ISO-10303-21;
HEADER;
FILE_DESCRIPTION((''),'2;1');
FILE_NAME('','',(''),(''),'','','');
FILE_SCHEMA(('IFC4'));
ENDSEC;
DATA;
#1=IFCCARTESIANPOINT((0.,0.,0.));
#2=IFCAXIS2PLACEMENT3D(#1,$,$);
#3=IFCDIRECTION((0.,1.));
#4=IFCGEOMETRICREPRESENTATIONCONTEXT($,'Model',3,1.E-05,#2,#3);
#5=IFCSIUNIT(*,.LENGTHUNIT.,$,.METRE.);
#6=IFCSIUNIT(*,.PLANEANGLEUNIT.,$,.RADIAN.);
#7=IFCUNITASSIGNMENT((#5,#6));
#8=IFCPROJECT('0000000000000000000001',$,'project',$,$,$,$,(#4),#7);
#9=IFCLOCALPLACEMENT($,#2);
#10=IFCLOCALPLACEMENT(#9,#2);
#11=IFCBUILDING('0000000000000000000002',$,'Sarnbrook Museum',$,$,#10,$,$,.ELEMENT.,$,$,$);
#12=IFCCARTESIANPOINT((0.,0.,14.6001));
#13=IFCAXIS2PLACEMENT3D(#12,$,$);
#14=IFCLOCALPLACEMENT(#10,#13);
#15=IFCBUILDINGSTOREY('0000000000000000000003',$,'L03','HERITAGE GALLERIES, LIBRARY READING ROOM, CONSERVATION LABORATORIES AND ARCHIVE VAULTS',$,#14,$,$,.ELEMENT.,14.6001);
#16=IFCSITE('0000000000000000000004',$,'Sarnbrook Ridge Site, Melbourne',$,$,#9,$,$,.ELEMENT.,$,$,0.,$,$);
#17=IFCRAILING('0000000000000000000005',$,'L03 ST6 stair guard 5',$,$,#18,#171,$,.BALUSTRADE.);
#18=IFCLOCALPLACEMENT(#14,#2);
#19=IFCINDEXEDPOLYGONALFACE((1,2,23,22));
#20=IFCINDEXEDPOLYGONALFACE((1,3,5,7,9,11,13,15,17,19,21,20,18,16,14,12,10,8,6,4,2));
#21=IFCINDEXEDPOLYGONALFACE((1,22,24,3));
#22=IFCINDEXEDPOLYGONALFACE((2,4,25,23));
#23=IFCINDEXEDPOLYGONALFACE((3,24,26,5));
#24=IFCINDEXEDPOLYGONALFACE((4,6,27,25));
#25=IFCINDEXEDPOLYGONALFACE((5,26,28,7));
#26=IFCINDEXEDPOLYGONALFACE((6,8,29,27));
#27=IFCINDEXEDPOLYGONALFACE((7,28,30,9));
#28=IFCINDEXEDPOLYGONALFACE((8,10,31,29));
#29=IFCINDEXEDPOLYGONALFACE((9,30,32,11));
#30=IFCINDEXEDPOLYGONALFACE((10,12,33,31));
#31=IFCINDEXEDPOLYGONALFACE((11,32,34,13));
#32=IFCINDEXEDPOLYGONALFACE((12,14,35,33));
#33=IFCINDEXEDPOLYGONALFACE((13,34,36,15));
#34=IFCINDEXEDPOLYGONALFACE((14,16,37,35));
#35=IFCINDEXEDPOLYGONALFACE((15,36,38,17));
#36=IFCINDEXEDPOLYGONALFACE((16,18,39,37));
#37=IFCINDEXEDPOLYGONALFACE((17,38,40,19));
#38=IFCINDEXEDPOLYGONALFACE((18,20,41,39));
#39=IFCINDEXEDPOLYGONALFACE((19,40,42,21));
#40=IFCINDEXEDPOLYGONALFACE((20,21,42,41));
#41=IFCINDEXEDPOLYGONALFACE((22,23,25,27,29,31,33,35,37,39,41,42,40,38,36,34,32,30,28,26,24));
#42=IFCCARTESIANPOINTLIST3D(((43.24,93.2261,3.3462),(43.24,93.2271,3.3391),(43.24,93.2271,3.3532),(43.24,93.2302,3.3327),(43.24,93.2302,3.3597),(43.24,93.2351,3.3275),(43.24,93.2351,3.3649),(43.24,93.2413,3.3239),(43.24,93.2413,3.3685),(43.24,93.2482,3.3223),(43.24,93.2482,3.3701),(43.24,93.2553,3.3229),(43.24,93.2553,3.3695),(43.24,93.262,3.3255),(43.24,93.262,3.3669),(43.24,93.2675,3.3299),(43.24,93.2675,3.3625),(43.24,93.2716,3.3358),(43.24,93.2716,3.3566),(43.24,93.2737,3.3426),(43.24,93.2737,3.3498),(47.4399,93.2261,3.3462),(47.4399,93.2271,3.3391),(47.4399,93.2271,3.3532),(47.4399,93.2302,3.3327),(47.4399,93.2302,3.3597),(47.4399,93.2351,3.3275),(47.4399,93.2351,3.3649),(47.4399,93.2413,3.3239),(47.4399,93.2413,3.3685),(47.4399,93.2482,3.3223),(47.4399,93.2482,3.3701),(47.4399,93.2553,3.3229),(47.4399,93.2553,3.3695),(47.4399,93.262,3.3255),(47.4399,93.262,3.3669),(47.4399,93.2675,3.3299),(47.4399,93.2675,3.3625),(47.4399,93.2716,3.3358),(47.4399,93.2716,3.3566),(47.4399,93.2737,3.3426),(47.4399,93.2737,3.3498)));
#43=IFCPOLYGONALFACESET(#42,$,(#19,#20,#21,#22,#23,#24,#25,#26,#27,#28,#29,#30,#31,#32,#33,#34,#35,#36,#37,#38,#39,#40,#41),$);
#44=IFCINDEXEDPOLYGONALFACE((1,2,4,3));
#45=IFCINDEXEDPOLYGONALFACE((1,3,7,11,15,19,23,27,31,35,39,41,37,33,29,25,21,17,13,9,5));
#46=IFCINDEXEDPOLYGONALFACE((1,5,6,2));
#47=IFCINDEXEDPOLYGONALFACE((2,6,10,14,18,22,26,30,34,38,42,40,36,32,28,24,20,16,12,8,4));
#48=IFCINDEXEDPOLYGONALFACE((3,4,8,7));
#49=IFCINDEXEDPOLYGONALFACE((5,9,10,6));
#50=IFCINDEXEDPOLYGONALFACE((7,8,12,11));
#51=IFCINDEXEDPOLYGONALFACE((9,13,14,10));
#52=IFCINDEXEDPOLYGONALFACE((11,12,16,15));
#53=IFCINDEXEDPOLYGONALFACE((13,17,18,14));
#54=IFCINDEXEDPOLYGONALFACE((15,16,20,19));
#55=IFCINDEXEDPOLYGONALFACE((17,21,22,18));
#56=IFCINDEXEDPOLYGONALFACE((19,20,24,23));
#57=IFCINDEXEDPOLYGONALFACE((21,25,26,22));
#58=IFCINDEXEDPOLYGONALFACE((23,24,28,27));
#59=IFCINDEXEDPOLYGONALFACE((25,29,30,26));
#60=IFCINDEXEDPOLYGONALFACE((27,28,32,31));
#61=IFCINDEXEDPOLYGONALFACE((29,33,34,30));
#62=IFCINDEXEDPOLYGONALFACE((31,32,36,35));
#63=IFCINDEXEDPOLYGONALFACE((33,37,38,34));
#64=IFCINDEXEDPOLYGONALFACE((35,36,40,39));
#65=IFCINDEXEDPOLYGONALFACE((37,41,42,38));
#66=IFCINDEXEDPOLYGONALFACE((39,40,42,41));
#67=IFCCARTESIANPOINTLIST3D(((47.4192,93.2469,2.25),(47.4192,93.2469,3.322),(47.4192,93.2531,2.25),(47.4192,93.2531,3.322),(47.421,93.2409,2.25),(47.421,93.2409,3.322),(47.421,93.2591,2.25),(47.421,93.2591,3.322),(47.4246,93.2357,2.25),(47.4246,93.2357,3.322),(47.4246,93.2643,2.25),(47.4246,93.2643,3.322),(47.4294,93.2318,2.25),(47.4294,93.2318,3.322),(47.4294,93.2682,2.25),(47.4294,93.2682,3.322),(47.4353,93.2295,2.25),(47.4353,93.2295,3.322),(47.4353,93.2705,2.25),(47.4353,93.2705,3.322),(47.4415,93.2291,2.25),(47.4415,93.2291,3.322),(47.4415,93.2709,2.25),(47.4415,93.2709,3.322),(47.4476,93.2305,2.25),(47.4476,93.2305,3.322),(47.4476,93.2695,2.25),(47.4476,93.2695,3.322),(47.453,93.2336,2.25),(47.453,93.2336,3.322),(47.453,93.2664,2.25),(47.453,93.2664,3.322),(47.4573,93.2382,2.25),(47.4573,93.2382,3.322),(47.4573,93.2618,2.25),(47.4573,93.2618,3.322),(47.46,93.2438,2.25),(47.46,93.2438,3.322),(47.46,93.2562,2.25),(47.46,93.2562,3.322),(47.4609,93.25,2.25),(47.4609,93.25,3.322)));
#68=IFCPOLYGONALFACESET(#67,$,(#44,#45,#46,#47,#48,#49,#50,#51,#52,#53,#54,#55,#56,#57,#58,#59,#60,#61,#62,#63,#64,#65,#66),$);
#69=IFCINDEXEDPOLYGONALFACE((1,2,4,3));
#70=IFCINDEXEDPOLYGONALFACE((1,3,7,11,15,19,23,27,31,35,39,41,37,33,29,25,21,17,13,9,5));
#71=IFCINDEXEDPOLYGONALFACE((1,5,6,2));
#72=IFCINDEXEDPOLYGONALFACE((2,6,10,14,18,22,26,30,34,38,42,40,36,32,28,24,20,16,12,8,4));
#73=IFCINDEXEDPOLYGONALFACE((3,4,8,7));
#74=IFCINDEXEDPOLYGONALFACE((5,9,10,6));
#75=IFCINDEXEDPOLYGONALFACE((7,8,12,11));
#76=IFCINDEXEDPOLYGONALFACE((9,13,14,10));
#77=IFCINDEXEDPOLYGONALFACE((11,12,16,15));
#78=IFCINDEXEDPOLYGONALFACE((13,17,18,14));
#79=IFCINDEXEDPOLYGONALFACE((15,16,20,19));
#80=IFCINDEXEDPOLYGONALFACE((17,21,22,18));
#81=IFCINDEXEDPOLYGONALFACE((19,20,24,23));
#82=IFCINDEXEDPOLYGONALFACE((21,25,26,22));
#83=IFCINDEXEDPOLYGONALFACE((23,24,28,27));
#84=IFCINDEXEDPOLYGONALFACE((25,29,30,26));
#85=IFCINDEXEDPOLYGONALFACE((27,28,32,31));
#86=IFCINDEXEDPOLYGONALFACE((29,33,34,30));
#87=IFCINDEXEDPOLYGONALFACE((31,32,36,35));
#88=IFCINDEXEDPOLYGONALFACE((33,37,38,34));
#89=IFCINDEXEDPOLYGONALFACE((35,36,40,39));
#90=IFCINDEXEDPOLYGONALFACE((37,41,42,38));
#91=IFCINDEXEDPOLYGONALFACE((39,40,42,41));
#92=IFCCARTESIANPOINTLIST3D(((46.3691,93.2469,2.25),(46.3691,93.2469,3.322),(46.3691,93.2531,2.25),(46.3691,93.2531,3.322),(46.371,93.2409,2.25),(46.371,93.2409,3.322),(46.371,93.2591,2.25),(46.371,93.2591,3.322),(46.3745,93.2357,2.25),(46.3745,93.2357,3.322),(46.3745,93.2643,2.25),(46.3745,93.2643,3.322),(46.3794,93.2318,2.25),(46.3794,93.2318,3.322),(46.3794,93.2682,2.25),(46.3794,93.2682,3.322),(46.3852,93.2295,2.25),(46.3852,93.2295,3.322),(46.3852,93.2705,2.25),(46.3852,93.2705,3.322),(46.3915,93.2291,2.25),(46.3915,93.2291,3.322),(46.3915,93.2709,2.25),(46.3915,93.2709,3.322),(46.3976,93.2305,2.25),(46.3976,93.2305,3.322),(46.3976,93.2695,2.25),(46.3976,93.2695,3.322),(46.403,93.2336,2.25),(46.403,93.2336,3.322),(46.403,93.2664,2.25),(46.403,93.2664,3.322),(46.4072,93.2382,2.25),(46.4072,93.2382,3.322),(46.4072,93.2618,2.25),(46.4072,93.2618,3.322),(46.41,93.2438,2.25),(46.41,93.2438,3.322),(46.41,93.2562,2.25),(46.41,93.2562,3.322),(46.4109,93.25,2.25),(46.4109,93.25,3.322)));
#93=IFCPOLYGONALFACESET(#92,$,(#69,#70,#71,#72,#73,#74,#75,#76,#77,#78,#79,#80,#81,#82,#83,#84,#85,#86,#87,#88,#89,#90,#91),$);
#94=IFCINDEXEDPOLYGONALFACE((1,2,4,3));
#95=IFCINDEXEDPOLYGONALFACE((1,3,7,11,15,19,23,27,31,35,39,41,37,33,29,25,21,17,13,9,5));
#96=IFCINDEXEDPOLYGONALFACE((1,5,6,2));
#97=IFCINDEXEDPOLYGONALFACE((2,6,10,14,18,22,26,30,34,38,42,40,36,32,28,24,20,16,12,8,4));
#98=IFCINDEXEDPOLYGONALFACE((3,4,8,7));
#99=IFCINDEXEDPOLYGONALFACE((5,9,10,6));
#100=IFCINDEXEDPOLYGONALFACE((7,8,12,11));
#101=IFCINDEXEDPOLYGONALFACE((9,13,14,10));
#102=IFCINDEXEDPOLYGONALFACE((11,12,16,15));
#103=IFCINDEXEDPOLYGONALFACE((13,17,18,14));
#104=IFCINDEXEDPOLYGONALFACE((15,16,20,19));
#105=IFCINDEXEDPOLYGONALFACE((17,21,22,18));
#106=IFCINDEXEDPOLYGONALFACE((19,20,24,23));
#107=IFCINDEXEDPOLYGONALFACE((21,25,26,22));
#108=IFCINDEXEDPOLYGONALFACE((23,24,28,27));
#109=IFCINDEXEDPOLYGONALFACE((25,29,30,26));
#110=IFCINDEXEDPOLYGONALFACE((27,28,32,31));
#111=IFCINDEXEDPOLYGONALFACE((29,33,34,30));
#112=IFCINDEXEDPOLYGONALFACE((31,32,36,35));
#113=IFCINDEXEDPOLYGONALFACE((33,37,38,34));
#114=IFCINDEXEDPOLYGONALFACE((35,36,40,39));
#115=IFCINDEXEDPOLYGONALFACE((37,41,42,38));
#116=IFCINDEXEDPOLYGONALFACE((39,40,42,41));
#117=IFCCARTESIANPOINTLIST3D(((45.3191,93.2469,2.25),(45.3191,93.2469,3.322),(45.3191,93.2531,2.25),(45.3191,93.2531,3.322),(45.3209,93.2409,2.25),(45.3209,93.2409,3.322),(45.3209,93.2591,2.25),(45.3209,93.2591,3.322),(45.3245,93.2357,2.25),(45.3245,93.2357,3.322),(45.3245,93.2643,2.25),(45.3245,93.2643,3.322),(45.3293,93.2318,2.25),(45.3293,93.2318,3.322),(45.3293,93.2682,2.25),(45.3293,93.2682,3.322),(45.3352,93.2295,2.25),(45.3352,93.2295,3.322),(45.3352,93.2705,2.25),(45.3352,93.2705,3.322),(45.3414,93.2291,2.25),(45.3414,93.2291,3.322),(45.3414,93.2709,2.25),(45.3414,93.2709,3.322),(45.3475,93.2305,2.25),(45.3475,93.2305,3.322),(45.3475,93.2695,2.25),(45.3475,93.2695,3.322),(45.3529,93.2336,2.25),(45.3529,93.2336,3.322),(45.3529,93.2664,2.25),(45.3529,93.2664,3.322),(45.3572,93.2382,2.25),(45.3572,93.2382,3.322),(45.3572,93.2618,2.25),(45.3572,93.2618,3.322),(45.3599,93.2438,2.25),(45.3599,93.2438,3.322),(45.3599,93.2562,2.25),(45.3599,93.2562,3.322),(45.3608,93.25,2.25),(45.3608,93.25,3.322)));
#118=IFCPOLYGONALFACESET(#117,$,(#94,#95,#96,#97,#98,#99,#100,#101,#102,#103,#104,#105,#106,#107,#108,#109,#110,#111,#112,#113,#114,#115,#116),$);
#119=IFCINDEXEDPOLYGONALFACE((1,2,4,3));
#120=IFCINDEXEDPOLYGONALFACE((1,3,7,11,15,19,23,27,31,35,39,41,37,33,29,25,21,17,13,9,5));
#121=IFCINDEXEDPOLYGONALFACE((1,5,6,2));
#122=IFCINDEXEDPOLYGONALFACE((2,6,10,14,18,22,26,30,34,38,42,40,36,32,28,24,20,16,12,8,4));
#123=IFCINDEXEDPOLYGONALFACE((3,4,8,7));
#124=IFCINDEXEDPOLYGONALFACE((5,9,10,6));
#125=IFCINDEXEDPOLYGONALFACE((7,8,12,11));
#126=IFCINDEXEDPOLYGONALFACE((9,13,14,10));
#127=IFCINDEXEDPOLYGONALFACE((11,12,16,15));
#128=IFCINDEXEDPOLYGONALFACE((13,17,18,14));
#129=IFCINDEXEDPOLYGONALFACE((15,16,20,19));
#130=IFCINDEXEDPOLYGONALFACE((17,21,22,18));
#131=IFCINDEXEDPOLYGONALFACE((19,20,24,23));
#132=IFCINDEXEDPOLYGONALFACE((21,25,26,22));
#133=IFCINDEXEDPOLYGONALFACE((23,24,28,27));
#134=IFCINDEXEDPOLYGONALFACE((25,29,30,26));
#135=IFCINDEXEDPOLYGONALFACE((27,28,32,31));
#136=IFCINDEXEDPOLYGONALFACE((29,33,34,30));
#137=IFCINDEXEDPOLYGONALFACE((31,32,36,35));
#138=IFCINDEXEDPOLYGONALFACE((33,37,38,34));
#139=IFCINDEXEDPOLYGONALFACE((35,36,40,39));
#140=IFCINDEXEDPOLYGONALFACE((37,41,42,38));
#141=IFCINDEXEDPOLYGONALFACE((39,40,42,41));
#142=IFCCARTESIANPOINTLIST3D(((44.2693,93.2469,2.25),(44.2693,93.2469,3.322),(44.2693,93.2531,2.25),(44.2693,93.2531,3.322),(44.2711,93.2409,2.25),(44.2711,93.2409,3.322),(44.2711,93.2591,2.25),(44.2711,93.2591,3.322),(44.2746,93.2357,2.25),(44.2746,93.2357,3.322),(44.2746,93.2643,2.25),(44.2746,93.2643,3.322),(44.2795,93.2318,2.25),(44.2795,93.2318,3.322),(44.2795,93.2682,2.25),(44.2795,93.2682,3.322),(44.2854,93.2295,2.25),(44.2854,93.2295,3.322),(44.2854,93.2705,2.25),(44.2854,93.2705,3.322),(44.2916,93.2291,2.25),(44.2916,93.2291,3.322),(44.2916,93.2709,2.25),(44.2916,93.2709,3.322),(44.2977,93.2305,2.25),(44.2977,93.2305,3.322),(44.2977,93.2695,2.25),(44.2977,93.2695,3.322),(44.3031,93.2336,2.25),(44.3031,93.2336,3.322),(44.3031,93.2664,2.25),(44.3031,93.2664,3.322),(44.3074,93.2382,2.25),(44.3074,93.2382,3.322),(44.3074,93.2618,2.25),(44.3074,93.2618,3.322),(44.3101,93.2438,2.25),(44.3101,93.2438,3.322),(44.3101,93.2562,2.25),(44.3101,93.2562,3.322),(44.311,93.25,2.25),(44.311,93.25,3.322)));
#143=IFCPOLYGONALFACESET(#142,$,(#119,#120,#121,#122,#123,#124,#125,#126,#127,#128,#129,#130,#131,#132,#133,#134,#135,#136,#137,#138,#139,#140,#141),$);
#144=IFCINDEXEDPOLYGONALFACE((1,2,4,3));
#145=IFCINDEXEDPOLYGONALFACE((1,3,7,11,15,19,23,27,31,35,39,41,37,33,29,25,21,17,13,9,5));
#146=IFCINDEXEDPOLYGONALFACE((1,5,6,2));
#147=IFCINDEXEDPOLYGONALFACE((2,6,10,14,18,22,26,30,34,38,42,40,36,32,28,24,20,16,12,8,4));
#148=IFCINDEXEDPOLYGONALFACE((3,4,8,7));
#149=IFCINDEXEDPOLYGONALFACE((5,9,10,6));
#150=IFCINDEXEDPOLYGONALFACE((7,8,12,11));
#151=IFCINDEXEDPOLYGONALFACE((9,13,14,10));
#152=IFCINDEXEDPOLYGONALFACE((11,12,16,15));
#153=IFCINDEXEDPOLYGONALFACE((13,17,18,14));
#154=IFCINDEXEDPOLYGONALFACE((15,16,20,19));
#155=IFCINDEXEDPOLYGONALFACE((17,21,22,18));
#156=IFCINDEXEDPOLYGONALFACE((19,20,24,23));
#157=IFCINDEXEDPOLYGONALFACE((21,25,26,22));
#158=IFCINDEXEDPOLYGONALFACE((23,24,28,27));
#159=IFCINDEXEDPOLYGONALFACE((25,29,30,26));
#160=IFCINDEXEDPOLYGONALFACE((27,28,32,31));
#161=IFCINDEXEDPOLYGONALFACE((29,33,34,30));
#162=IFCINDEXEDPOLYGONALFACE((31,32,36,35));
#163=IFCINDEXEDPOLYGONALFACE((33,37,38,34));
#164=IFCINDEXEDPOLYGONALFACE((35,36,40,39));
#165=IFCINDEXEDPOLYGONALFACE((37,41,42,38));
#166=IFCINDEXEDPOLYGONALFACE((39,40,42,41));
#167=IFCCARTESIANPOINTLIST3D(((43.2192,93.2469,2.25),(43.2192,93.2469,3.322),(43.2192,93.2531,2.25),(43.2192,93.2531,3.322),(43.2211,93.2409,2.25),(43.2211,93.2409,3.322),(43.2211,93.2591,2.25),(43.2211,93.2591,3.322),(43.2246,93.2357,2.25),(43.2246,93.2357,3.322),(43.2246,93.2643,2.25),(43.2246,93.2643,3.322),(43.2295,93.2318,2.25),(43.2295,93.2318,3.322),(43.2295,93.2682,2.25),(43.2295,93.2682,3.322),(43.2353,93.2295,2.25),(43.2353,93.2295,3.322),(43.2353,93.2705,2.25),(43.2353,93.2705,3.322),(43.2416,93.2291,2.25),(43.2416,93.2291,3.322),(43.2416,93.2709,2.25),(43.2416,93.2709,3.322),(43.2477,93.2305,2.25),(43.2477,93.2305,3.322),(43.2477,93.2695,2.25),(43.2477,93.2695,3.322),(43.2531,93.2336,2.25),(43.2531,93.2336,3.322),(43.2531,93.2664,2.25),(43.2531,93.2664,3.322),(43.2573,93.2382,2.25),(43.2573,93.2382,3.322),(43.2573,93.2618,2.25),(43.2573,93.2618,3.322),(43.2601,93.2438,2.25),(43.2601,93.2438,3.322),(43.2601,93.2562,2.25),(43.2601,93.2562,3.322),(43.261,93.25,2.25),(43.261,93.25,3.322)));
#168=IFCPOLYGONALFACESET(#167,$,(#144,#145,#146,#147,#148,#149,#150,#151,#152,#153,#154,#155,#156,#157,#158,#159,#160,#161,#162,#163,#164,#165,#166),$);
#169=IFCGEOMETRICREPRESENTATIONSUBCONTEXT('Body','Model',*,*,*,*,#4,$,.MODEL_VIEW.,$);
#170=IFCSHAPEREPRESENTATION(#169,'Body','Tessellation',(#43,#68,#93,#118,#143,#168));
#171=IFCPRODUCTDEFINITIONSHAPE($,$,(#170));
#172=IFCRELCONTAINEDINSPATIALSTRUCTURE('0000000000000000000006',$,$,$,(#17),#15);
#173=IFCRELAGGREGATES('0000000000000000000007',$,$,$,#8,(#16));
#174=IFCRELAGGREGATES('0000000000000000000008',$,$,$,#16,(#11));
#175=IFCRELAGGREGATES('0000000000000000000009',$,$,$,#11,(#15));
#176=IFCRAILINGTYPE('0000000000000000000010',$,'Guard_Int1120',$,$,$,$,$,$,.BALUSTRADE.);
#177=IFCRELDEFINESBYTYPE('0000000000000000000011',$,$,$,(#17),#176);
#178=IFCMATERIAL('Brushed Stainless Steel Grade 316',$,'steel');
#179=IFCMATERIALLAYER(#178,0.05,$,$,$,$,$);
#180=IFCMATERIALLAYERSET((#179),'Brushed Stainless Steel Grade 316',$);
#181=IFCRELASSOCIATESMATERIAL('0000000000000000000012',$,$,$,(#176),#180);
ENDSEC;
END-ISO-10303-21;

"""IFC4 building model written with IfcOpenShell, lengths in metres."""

from ifc_helpers import new_model, si_unit, direction, frame, origin, origin_2d, place, context, subcontext, project, spatial, circle, extrude, material, layer, layer_set, type_object, element, save


model = new_model("IFC4")

# Units and contexts
model_context = context("Model", 3, precision=1e-05, world=origin(), true_north=direction((0.0, 1.0)))
body_context = subcontext(model_context, "Body", "Model", "MODEL_VIEW")
ifc_project = project(units=[si_unit("LENGTHUNIT", "METRE"), si_unit("PLANEANGLEUNIT", "RADIAN")], contexts=[model_context])

# Site, building, storey
site_placement = place(None, origin())
site = spatial("IfcSite", under=ifc_project, at=site_placement, Name="Sarnbrook Ridge Site, Melbourne", CompositionType="ELEMENT", RefElevation=0.0)
building_placement = place(site_placement, origin())
building = spatial("IfcBuilding", under=site, at=building_placement, Name="Sarnbrook Museum", CompositionType="ELEMENT")
storey_placement = place(building_placement, frame((0.0, 0.0, 14.6001)))
storey = spatial("IfcBuildingStorey", under=building, at=storey_placement, Name="L03", Description="HERITAGE GALLERIES, LIBRARY READING ROOM, CONSERVATION LABORATORIES AND ARCHIVE VAULTS", CompositionType="ELEMENT", Elevation=14.6001)

# Railing
ifc_material_1 = material(Name="Brushed Stainless Steel Grade 316", Category="steel")
ifc_layer_1 = layer(ifc_material_1, 0.05)
ifc_layer_set_1 = layer_set([ifc_layer_1], Name="Brushed Stainless Steel Grade 316")
railing_type = type_object("IfcRailingType", Name="Guard_Int1120", PredefinedType="BALUSTRADE", material=ifc_layer_set_1)
railing_1_placement = place(storey_placement, frame((47.4399, 93.25, 2.25)))
element("IfcRailing", 1, at=railing_1_placement, inside=storey, type_object=railing_type, Name="L03 ST6 stair guard 5", PredefinedType="BALUSTRADE", context=body_context, shape_type="SweptSolid", body=[
    extrude(circle(Radius=0.0239, at=origin_2d()), frame((0.0, 0.0, 1.0962), z_axis=(-1.0, 0.0, 0.0), x_axis=(0.0, -1.0, 0.0)), (0.0, 0.0, 1.0), 4.2),
    extrude(circle(Radius=0.021, at=origin_2d()), origin(), (0.0, 0.0, 1.0), 1.072),
    extrude(circle(Radius=0.021, at=origin_2d()), frame((-1.05, 0.0, 0.0)), (0.0, 0.0, 1.0), 1.072),
    extrude(circle(Radius=0.021, at=origin_2d()), frame((-2.1001, 0.0, 0.0)), (0.0, 0.0, 1.0), 1.072),
    extrude(circle(Radius=0.021, at=origin_2d()), frame((-3.1499, 0.0, 0.0)), (0.0, 0.0, 1.0), 1.072),
    extrude(circle(Radius=0.021, at=origin_2d()), frame((-4.2, 0.0, 0.0)), (0.0, 0.0, 1.0), 1.072),
])

save(model, "model.ifc")
